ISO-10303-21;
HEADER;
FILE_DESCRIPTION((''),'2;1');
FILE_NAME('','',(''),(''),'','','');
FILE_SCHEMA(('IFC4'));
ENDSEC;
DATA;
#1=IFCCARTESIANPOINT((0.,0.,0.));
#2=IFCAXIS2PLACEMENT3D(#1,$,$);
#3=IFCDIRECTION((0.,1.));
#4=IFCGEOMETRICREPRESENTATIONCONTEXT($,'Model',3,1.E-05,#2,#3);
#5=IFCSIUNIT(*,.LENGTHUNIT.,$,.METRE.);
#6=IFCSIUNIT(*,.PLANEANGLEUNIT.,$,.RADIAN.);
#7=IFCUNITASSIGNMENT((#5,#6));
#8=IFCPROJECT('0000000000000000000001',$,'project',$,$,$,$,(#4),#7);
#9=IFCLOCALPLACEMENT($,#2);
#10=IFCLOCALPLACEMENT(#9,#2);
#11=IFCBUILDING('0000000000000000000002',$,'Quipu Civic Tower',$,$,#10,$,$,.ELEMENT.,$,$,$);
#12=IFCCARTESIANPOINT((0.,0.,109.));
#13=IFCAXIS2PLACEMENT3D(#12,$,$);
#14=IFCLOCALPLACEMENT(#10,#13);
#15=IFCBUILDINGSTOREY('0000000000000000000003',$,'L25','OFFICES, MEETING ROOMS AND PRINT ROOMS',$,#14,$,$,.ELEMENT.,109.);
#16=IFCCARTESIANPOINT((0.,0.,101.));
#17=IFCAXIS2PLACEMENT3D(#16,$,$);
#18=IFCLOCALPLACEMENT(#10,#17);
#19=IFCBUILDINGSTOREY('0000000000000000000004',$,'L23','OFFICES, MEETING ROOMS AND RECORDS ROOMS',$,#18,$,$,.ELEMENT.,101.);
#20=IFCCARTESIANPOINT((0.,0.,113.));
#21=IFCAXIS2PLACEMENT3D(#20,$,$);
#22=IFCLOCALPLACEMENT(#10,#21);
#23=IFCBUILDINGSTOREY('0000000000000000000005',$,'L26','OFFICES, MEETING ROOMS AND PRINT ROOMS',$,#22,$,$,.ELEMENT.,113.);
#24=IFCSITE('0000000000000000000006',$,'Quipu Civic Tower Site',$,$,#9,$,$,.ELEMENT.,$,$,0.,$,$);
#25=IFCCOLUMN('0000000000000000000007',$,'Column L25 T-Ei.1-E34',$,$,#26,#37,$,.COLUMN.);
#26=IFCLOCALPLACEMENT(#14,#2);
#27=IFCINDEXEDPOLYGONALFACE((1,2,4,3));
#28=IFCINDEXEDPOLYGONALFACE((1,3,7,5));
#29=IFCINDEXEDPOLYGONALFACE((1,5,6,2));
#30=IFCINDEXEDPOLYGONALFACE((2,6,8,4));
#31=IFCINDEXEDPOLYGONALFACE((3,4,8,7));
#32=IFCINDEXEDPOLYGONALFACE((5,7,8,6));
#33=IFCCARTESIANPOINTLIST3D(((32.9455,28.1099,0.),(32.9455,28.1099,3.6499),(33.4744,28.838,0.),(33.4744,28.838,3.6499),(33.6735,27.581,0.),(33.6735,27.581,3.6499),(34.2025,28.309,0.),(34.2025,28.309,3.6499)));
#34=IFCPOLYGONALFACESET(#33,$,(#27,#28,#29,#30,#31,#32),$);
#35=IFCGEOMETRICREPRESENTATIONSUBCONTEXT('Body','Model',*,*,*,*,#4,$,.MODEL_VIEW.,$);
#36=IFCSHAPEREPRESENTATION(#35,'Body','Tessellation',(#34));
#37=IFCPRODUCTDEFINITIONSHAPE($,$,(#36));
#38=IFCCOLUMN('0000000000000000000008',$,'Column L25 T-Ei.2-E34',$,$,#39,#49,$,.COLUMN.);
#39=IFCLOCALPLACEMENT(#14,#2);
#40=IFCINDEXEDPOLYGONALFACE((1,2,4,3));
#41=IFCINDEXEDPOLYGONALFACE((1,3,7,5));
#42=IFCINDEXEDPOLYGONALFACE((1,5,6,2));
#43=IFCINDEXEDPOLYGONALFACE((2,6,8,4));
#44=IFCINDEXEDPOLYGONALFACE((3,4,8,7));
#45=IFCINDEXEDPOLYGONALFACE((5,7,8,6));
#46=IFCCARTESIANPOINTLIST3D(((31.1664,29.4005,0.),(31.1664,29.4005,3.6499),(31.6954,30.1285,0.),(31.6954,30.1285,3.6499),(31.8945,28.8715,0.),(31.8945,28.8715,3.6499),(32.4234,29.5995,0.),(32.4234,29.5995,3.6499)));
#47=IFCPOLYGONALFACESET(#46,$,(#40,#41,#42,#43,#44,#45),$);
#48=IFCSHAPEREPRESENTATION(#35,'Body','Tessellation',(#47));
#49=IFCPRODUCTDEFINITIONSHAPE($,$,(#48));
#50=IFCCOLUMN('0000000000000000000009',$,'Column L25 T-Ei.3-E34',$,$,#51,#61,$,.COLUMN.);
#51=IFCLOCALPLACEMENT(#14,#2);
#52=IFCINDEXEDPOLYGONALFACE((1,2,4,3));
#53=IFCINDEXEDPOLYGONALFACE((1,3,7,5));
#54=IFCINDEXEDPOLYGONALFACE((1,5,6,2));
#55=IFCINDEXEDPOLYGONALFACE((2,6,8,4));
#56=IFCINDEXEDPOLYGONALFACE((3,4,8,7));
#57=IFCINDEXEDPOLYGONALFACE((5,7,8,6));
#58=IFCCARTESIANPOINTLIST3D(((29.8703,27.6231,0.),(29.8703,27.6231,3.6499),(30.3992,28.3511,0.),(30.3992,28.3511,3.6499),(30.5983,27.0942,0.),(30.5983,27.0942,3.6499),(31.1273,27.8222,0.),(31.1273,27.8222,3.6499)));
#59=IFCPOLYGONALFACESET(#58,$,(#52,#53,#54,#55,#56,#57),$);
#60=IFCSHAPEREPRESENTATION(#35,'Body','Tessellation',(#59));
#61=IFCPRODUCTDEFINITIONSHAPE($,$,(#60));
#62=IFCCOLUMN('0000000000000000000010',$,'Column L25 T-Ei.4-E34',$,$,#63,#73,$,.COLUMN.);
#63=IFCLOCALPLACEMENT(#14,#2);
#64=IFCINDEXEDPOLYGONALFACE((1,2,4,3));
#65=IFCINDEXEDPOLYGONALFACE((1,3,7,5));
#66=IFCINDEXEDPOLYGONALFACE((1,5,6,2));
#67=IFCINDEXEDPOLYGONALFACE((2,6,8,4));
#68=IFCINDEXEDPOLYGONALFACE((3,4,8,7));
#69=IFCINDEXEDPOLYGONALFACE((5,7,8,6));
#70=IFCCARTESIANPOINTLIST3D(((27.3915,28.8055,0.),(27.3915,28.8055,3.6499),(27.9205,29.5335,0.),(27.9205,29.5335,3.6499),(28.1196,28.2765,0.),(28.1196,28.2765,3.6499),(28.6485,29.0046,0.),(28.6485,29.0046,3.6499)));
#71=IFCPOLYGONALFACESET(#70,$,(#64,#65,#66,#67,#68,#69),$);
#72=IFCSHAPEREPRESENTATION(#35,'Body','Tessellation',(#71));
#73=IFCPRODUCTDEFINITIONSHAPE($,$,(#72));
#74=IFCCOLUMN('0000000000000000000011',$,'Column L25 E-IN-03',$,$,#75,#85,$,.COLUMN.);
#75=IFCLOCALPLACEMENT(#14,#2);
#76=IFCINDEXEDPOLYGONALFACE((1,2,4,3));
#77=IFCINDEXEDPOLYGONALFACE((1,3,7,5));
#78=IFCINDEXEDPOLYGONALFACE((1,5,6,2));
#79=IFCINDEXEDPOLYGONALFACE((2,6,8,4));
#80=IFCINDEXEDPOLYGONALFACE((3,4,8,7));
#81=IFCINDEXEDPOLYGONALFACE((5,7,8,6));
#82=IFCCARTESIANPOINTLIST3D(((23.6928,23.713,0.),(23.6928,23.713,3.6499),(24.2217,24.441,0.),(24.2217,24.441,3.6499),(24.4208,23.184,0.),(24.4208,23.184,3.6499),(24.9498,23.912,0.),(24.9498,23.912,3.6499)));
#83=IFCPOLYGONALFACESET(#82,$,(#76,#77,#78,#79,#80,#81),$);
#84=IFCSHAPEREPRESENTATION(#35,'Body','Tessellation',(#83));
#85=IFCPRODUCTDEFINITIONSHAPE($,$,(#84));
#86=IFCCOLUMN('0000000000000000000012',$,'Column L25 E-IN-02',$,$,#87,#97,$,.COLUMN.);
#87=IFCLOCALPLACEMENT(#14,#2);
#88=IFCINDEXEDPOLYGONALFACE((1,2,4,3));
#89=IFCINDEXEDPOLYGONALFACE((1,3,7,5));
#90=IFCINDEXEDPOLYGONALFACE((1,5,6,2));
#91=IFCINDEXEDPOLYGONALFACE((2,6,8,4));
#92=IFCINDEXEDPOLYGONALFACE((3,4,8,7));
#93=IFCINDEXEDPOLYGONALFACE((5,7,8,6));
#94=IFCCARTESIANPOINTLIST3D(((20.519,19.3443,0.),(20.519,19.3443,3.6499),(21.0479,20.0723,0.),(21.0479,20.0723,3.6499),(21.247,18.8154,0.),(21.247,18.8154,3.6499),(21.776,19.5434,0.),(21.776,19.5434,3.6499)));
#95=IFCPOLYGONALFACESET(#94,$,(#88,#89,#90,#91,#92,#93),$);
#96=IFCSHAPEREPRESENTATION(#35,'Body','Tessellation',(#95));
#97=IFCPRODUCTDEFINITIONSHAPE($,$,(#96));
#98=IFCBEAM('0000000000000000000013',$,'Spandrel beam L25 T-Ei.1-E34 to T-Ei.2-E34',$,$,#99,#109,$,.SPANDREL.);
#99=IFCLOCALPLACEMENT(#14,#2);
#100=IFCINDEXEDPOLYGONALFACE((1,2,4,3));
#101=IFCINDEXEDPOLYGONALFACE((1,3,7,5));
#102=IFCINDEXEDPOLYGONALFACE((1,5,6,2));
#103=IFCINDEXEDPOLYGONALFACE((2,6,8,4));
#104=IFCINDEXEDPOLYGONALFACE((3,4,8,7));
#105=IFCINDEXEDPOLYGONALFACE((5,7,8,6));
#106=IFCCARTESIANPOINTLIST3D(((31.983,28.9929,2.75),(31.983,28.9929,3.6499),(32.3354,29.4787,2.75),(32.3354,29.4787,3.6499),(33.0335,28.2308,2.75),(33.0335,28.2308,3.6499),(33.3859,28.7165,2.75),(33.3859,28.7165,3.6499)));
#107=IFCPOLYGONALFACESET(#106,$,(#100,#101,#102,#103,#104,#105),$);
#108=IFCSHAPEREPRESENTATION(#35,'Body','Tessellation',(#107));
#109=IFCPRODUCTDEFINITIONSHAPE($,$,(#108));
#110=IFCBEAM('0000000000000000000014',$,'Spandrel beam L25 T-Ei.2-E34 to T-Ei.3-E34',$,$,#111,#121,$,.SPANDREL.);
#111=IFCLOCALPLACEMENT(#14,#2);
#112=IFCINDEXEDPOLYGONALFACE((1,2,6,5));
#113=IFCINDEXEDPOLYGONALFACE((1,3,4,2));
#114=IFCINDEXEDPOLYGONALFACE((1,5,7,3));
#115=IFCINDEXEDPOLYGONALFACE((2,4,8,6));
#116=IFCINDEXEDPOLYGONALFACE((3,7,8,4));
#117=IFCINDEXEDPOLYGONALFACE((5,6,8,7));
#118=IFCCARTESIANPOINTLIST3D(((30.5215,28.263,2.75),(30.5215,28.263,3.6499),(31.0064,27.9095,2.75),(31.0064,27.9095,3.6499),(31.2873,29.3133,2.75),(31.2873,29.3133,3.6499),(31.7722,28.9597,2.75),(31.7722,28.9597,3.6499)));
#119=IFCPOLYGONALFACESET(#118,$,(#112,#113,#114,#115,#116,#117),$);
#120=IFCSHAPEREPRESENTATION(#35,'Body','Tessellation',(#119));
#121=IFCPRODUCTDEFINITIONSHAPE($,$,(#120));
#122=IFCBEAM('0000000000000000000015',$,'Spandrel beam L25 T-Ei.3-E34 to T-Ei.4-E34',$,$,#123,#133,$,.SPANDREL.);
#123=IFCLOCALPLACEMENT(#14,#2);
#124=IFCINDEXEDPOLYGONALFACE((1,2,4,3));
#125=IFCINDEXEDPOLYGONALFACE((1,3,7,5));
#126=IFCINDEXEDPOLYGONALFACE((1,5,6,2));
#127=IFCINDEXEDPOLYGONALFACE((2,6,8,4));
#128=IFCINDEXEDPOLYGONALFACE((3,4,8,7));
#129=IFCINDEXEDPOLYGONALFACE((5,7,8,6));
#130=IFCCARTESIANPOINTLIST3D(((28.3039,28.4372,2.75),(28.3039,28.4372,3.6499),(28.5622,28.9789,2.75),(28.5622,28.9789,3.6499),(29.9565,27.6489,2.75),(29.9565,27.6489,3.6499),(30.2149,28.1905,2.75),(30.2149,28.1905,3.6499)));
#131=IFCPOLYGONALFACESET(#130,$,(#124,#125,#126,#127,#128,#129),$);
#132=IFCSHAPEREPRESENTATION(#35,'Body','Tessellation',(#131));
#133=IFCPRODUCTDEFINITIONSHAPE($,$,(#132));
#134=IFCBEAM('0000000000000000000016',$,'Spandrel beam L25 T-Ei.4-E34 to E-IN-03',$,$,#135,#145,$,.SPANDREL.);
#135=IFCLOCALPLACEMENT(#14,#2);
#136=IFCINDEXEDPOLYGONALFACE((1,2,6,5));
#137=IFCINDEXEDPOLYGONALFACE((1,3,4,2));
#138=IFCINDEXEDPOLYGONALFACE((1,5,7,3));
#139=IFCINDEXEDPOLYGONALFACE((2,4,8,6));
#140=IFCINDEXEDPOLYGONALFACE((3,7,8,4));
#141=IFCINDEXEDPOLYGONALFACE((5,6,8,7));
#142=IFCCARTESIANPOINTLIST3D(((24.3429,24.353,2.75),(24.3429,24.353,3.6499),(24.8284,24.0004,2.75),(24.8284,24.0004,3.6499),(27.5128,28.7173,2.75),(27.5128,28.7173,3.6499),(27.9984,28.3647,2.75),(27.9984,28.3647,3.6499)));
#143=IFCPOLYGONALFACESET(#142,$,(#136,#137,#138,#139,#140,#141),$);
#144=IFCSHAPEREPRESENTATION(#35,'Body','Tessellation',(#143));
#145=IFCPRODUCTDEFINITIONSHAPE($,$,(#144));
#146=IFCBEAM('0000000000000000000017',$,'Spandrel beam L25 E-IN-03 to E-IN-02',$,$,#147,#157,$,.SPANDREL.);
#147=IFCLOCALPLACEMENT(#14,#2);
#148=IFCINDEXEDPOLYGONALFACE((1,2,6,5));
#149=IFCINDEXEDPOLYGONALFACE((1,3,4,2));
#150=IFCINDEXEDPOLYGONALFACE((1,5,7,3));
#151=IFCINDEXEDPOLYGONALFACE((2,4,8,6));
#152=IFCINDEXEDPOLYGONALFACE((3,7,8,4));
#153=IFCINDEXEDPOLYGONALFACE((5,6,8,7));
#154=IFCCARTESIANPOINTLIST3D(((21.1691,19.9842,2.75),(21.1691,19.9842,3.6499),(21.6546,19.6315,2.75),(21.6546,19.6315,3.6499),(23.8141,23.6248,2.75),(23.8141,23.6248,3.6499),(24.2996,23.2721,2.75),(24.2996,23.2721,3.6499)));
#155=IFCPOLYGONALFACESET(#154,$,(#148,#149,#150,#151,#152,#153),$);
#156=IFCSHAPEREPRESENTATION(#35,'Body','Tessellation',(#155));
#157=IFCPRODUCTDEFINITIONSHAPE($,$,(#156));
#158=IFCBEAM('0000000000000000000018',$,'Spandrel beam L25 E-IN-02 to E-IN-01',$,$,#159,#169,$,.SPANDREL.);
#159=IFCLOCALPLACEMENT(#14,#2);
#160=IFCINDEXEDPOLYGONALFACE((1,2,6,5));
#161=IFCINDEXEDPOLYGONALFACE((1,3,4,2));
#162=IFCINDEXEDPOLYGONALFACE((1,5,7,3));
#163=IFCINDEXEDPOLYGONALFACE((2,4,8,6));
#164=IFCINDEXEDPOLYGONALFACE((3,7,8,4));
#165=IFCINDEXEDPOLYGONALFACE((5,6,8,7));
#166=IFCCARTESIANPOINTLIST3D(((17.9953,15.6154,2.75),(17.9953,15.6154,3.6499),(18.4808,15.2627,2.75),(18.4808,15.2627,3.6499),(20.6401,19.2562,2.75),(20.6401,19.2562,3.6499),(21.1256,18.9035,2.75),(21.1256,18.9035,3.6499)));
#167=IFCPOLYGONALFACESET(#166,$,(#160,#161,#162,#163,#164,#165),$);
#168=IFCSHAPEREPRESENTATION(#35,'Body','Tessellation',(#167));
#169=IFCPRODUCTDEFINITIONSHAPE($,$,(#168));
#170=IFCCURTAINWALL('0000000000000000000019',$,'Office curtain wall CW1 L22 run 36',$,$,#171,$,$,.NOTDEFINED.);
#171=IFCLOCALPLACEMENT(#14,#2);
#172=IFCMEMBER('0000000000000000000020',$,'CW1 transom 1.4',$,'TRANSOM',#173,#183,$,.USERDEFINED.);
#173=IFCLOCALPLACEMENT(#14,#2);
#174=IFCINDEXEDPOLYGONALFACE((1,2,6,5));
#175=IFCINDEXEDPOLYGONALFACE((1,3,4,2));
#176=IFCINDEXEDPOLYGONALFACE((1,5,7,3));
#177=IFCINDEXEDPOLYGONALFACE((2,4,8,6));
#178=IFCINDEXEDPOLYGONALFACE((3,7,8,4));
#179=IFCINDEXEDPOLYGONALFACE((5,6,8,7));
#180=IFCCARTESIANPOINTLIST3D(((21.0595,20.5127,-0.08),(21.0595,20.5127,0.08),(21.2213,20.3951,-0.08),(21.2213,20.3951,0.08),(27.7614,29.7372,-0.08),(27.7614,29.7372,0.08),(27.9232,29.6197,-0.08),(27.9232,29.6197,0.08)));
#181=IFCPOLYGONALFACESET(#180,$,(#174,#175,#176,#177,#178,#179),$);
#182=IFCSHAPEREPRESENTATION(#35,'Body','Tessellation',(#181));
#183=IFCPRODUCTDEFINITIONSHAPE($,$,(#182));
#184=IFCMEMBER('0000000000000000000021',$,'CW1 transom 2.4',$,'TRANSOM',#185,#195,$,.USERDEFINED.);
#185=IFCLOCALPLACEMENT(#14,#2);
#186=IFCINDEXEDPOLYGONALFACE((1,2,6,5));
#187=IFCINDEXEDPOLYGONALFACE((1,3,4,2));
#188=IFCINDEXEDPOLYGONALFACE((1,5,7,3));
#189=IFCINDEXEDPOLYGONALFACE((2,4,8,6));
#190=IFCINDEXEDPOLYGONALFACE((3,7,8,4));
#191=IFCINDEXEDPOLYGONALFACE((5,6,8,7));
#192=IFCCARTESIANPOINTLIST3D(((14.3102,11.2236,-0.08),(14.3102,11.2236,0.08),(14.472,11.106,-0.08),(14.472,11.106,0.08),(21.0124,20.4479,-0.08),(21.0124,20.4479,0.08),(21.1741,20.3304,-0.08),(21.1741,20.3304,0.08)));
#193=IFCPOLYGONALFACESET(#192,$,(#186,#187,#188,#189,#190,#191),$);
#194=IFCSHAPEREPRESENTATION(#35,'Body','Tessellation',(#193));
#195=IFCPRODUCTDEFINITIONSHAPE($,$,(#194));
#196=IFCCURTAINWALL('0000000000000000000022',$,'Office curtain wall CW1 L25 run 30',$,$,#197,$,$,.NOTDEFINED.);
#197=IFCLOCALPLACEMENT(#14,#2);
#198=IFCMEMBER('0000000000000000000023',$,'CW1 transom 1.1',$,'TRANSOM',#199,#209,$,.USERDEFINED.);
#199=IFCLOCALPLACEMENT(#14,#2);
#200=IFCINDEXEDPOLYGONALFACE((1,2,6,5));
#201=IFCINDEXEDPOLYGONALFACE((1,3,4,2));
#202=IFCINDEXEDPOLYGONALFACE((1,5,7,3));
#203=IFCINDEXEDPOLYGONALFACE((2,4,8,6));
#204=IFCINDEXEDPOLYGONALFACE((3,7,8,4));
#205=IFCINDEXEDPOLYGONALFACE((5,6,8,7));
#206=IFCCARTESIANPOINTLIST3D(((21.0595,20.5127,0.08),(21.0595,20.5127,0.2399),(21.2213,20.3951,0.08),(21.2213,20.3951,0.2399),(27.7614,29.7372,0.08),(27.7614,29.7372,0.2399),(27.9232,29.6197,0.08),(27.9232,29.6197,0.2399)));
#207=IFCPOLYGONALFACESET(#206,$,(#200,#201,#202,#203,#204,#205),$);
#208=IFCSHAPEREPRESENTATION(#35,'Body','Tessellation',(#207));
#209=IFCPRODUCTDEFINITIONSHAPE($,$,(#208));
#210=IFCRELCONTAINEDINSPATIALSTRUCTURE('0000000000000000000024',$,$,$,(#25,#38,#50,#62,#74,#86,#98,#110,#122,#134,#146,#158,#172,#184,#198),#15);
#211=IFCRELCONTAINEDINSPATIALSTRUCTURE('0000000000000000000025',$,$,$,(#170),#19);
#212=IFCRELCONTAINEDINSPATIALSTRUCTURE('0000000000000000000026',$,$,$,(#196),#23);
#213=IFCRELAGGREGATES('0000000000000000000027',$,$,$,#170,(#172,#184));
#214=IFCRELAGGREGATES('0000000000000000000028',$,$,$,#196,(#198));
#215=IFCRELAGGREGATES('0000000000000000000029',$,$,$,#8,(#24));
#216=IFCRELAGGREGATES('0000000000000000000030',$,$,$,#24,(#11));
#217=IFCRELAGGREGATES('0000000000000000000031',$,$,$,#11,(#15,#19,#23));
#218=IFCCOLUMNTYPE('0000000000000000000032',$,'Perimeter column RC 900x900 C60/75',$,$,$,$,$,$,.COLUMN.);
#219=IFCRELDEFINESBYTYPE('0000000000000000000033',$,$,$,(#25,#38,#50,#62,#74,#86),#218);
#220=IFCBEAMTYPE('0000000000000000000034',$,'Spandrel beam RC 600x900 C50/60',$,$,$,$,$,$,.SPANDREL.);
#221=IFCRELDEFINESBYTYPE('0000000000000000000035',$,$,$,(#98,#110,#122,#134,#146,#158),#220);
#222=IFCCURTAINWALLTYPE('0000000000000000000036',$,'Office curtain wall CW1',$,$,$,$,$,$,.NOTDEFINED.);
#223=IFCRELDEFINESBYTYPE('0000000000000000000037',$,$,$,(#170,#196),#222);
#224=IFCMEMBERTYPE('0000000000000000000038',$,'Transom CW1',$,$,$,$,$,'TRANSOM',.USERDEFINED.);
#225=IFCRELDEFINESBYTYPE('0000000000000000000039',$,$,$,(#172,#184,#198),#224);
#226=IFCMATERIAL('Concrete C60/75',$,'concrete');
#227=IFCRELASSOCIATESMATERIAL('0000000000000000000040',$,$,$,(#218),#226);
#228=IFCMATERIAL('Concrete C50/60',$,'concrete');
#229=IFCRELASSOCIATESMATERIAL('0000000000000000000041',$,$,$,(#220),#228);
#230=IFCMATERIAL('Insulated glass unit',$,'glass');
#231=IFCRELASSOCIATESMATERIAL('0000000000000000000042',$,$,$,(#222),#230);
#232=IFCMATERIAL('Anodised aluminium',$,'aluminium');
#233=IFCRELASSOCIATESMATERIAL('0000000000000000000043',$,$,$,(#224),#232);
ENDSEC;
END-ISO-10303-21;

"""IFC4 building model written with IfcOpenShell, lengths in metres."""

from ifc_helpers import new_model, si_unit, direction, frame, origin, origin_2d, place, context, subcontext, project, spatial, rectangle, extrude, material, material_profile, profile_set, type_object, element, aggregate, save


model = new_model("IFC4")

# Units and contexts
model_context = context("Model", 3, precision=1e-05, world=origin(), true_north=direction((0.0, 1.0)))
body_context = subcontext(model_context, "Body", "Model", "MODEL_VIEW")
ifc_project = project(units=[si_unit("LENGTHUNIT", "METRE"), si_unit("PLANEANGLEUNIT", "RADIAN")], contexts=[model_context])

# Site, building, storey
site_placement = place(None, origin())
site = spatial("IfcSite", under=ifc_project, at=site_placement, Name="Quipu Civic Tower Site", CompositionType="ELEMENT", RefElevation=0.0)
building_placement = place(site_placement, origin())
building = spatial("IfcBuilding", under=site, at=building_placement, Name="Quipu Civic Tower", CompositionType="ELEMENT")
storey_1_placement = place(building_placement, frame((0.0, 0.0, 109.0)))
storey_1 = spatial("IfcBuildingStorey", under=building, at=storey_1_placement, Name="L25", Description="OFFICES, MEETING ROOMS AND PRINT ROOMS", CompositionType="ELEMENT", Elevation=109.0)

# Columns
ifc_material_1 = material(Name="Concrete C60/75", Category="concrete")
ifc_material_profile_1 = material_profile(ifc_material_1, rectangle(XDim=0.8999, YDim=0.8999, at=origin_2d()), Name="RC900x900")
ifc_profile_set_1 = profile_set([ifc_material_profile_1], Name="Concrete C60/75")
column_type = type_object("IfcColumnType", Name="Perimeter column RC 900x900 C60/75", PredefinedType="COLUMN", material=ifc_profile_set_1)
for number, where, z_axis, x_axis, name in (
    (1, (33.574, 28.2095, 0.0), (0.0, 0.0, 1.0), (-0.809017, 0.587785, 0.0), "Column L25 T-Ei.1-E34"),
    (2, (31.7949, 29.5, 0.0), (0.0, 0.0, 1.0), (-0.587785, -0.809017, 0.0), "Column L25 T-Ei.2-E34"),
    (3, (30.4988, 27.7227, 0.0), (0.0, 0.0, 1.0), (-0.809017, 0.587785, 0.0), "Column L25 T-Ei.3-E34"),
    (4, (28.02, 28.905, 0.0), (0.0, 0.0, 1.0), (-0.809017, 0.587785, 0.0), "Column L25 T-Ei.4-E34"),
    (5, (24.3213, 23.8125, 0.0), (0.0, 0.0, 1.0), (-0.587785, -0.809017, 0.0), "Column L25 E-IN-03"),
    (6, (21.1475, 19.4438, 0.0), (0.0, 0.0, 1.0), (-0.587785, -0.809017, 0.0), "Column L25 E-IN-02"),
):
    element("IfcColumn", number, at=place(storey_1_placement, frame(where, z_axis=z_axis, x_axis=x_axis)), inside=storey_1, type_object=column_type, Name=name, PredefinedType="COLUMN", context=body_context, shape_type="SweptSolid", body=[
        extrude(rectangle(XDim=0.8999, YDim=0.8999, at=origin_2d()), origin(), (0.0, 0.0, 1.0), 3.6499),
    ])

# Beams
ifc_material_2 = material(Name="Concrete C50/60", Category="concrete")
ifc_material_profile_2 = material_profile(ifc_material_2, rectangle(XDim=0.6001, YDim=0.8999, at=origin_2d()), Name="RC600x900")
ifc_profile_set_2 = profile_set([ifc_material_profile_2], Name="Concrete C50/60")
beam_type = type_object("IfcBeamType", Name="Spandrel beam RC 600x900 C50/60", PredefinedType="SPANDREL", material=ifc_profile_set_2)
beam_1_placement = place(storey_1_placement, frame((33.2097, 28.4736, 3.2), z_axis=(-0.809403, 0.587254, 0.0), x_axis=(-0.587254, -0.809403, 0.0)))
element("IfcBeam", 7, at=beam_1_placement, inside=storey_1, type_object=beam_type, Name="Spandrel beam L25 T-Ei.1-E34 to T-Ei.2-E34", PredefinedType="SPANDREL", context=body_context, shape_type="SweptSolid", body=[
    extrude(rectangle(XDim=0.6001, YDim=0.8999, at=origin_2d()), origin(), (0.0, 0.0, 1.0), 1.2979),
])
beam_2_placement = place(storey_1_placement, frame((31.5298, 29.1365, 3.2), z_axis=(-0.589187, -0.807996, 0.0), x_axis=(0.807996, -0.589187, 0.0)))
element("IfcBeam", 8, at=beam_2_placement, inside=storey_1, type_object=beam_type, Name="Spandrel beam L25 T-Ei.2-E34 to T-Ei.3-E34", PredefinedType="SPANDREL", context=body_context, shape_type="SweptSolid", body=[
    extrude(rectangle(XDim=0.6001, YDim=0.8999, at=origin_2d()), origin(), (0.0, 0.0, 1.0), 1.2998),
])
beam_3_placement = place(storey_1_placement, frame((30.0857, 27.9197, 3.2), z_axis=(-0.902567, 0.430549, 0.0), x_axis=(-0.430549, -0.902567, 0.0)))
element("IfcBeam", 9, at=beam_3_placement, inside=storey_1, type_object=beam_type, Name="Spandrel beam L25 T-Ei.3-E34 to T-Ei.4-E34", PredefinedType="SPANDREL", context=body_context, shape_type="SweptSolid", body=[
    extrude(rectangle(XDim=0.6001, YDim=0.8999, at=origin_2d()), origin(), (0.0, 0.0, 1.0), 1.8311),
])
beam_4_placement = place(storey_1_placement, frame((27.7556, 28.541, 3.2), z_axis=(-0.587676, -0.809096, 0.0), x_axis=(0.809096, -0.587676, 0.0)))
element("IfcBeam", 10, at=beam_4_placement, inside=storey_1, type_object=beam_type, Name="Spandrel beam L25 T-Ei.4-E34 to E-IN-03", PredefinedType="SPANDREL", context=body_context, shape_type="SweptSolid", body=[
    extrude(rectangle(XDim=0.6001, YDim=0.8999, at=origin_2d()), origin(), (0.0, 0.0, 1.0), 5.394),
])
for number, where, z_axis, x_axis, name in (
    (11, (24.0569, 23.4485, 3.2), (-0.587778, -0.809022, 0.0), (0.809022, -0.587778, 0.0), "Spandrel beam L25 E-IN-03 to E-IN-02"),
    (12, (20.8828, 19.0798, 3.2), (-0.587717, -0.809067, 0.0), (0.809067, -0.587717, 0.0), "Spandrel beam L25 E-IN-02 to E-IN-01"),
):
    element("IfcBeam", number, at=place(storey_1_placement, frame(where, z_axis=z_axis, x_axis=x_axis)), inside=storey_1, type_object=beam_type, Name=name, PredefinedType="SPANDREL", context=body_context, shape_type="SweptSolid", body=[
        extrude(rectangle(XDim=0.6001, YDim=0.8999, at=origin_2d()), origin(), (0.0, 0.0, 1.0), 4.5),
    ])

# Shared definitions
storey_2_placement = place(building_placement, frame((0.0, 0.0, 101.0)))
storey_2 = spatial("IfcBuildingStorey", under=building, at=storey_2_placement, Name="L23", Description="OFFICES, MEETING ROOMS AND RECORDS ROOMS", CompositionType="ELEMENT", Elevation=101.0)

# Curtain wall, members
ifc_material_3 = material(Name="Insulated glass unit", Category="glass")
curtain_wall_type = type_object("IfcCurtainWallType", Name="Office curtain wall CW1", PredefinedType="NOTDEFINED", material=ifc_material_3)
curtain_wall_1_placement = place(storey_2_placement, origin())
curtain_wall_1 = element("IfcCurtainWall", 13, at=curtain_wall_1_placement, inside=storey_2, type_object=curtain_wall_type, Name="Office curtain wall CW1 L22 run 36", PredefinedType="NOTDEFINED")
ifc_material_4 = material(Name="Anodised aluminium", Category="aluminium")
ifc_material_profile_3 = material_profile(ifc_material_4, rectangle(XDim=0.2, YDim=0.1599, at=origin_2d()), Name="RECT 200x160")
ifc_profile_set_3 = profile_set([ifc_material_profile_3], Name="Anodised aluminium")
member_type = type_object("IfcMemberType", Name="Transom CW1", ElementType="TRANSOM", PredefinedType="USERDEFINED", material=ifc_profile_set_3)
member_1_placement = place(storey_1_placement, frame((27.8423, 29.6785, 0.0), z_axis=(-0.587776, -0.809024, 0.0), x_axis=(0.809024, -0.587776, 0.0)))
member_1 = element("IfcMember", 14, at=member_1_placement, inside=storey_1, type_object=member_type, Name="CW1 transom 1.4", ObjectType="TRANSOM", PredefinedType="USERDEFINED", context=body_context, shape_type="SweptSolid", body=[
    extrude(rectangle(XDim=0.2, YDim=0.1599, at=origin_2d()), origin(), (0.0, 0.0, 1.0), 11.4021),
])
member_2_placement = place(storey_1_placement, frame((21.0933, 20.3892, 0.0), z_axis=(-0.5878, -0.809006, 0.0), x_axis=(0.809006, -0.5878, 0.0)))
member_2 = element("IfcMember", 15, at=member_2_placement, inside=storey_1, type_object=member_type, Name="CW1 transom 2.4", ObjectType="TRANSOM", PredefinedType="USERDEFINED", context=body_context, shape_type="SweptSolid", body=[
    extrude(rectangle(XDim=0.2, YDim=0.1599, at=origin_2d()), origin(), (0.0, 0.0, 1.0), 11.4021),
])
aggregate(curtain_wall_1, [member_1, member_2])

# Shared definitions
storey_3_placement = place(building_placement, frame((0.0, 0.0, 113.0)))
storey_3 = spatial("IfcBuildingStorey", under=building, at=storey_3_placement, Name="L26", Description="OFFICES, MEETING ROOMS AND PRINT ROOMS", CompositionType="ELEMENT", Elevation=113.0)

# Curtain wall, member
curtain_wall_2_placement = place(storey_3_placement, origin())
curtain_wall_2 = element("IfcCurtainWall", 16, at=curtain_wall_2_placement, inside=storey_3, type_object=curtain_wall_type, Name="Office curtain wall CW1 L25 run 30", PredefinedType="NOTDEFINED")
member_3_placement = place(storey_1_placement, frame((27.8423, 29.6785, 0.1599), z_axis=(-0.587776, -0.809024, 0.0), x_axis=(0.809024, -0.587776, 0.0)))
member_3 = element("IfcMember", 17, at=member_3_placement, inside=storey_1, type_object=member_type, Name="CW1 transom 1.1", ObjectType="TRANSOM", PredefinedType="USERDEFINED", context=body_context, shape_type="SweptSolid", body=[
    extrude(rectangle(XDim=0.2, YDim=0.1599, at=origin_2d()), origin(), (0.0, 0.0, 1.0), 11.4021),
])
aggregate(curtain_wall_2, [member_3])

save(model, "model.ifc")
